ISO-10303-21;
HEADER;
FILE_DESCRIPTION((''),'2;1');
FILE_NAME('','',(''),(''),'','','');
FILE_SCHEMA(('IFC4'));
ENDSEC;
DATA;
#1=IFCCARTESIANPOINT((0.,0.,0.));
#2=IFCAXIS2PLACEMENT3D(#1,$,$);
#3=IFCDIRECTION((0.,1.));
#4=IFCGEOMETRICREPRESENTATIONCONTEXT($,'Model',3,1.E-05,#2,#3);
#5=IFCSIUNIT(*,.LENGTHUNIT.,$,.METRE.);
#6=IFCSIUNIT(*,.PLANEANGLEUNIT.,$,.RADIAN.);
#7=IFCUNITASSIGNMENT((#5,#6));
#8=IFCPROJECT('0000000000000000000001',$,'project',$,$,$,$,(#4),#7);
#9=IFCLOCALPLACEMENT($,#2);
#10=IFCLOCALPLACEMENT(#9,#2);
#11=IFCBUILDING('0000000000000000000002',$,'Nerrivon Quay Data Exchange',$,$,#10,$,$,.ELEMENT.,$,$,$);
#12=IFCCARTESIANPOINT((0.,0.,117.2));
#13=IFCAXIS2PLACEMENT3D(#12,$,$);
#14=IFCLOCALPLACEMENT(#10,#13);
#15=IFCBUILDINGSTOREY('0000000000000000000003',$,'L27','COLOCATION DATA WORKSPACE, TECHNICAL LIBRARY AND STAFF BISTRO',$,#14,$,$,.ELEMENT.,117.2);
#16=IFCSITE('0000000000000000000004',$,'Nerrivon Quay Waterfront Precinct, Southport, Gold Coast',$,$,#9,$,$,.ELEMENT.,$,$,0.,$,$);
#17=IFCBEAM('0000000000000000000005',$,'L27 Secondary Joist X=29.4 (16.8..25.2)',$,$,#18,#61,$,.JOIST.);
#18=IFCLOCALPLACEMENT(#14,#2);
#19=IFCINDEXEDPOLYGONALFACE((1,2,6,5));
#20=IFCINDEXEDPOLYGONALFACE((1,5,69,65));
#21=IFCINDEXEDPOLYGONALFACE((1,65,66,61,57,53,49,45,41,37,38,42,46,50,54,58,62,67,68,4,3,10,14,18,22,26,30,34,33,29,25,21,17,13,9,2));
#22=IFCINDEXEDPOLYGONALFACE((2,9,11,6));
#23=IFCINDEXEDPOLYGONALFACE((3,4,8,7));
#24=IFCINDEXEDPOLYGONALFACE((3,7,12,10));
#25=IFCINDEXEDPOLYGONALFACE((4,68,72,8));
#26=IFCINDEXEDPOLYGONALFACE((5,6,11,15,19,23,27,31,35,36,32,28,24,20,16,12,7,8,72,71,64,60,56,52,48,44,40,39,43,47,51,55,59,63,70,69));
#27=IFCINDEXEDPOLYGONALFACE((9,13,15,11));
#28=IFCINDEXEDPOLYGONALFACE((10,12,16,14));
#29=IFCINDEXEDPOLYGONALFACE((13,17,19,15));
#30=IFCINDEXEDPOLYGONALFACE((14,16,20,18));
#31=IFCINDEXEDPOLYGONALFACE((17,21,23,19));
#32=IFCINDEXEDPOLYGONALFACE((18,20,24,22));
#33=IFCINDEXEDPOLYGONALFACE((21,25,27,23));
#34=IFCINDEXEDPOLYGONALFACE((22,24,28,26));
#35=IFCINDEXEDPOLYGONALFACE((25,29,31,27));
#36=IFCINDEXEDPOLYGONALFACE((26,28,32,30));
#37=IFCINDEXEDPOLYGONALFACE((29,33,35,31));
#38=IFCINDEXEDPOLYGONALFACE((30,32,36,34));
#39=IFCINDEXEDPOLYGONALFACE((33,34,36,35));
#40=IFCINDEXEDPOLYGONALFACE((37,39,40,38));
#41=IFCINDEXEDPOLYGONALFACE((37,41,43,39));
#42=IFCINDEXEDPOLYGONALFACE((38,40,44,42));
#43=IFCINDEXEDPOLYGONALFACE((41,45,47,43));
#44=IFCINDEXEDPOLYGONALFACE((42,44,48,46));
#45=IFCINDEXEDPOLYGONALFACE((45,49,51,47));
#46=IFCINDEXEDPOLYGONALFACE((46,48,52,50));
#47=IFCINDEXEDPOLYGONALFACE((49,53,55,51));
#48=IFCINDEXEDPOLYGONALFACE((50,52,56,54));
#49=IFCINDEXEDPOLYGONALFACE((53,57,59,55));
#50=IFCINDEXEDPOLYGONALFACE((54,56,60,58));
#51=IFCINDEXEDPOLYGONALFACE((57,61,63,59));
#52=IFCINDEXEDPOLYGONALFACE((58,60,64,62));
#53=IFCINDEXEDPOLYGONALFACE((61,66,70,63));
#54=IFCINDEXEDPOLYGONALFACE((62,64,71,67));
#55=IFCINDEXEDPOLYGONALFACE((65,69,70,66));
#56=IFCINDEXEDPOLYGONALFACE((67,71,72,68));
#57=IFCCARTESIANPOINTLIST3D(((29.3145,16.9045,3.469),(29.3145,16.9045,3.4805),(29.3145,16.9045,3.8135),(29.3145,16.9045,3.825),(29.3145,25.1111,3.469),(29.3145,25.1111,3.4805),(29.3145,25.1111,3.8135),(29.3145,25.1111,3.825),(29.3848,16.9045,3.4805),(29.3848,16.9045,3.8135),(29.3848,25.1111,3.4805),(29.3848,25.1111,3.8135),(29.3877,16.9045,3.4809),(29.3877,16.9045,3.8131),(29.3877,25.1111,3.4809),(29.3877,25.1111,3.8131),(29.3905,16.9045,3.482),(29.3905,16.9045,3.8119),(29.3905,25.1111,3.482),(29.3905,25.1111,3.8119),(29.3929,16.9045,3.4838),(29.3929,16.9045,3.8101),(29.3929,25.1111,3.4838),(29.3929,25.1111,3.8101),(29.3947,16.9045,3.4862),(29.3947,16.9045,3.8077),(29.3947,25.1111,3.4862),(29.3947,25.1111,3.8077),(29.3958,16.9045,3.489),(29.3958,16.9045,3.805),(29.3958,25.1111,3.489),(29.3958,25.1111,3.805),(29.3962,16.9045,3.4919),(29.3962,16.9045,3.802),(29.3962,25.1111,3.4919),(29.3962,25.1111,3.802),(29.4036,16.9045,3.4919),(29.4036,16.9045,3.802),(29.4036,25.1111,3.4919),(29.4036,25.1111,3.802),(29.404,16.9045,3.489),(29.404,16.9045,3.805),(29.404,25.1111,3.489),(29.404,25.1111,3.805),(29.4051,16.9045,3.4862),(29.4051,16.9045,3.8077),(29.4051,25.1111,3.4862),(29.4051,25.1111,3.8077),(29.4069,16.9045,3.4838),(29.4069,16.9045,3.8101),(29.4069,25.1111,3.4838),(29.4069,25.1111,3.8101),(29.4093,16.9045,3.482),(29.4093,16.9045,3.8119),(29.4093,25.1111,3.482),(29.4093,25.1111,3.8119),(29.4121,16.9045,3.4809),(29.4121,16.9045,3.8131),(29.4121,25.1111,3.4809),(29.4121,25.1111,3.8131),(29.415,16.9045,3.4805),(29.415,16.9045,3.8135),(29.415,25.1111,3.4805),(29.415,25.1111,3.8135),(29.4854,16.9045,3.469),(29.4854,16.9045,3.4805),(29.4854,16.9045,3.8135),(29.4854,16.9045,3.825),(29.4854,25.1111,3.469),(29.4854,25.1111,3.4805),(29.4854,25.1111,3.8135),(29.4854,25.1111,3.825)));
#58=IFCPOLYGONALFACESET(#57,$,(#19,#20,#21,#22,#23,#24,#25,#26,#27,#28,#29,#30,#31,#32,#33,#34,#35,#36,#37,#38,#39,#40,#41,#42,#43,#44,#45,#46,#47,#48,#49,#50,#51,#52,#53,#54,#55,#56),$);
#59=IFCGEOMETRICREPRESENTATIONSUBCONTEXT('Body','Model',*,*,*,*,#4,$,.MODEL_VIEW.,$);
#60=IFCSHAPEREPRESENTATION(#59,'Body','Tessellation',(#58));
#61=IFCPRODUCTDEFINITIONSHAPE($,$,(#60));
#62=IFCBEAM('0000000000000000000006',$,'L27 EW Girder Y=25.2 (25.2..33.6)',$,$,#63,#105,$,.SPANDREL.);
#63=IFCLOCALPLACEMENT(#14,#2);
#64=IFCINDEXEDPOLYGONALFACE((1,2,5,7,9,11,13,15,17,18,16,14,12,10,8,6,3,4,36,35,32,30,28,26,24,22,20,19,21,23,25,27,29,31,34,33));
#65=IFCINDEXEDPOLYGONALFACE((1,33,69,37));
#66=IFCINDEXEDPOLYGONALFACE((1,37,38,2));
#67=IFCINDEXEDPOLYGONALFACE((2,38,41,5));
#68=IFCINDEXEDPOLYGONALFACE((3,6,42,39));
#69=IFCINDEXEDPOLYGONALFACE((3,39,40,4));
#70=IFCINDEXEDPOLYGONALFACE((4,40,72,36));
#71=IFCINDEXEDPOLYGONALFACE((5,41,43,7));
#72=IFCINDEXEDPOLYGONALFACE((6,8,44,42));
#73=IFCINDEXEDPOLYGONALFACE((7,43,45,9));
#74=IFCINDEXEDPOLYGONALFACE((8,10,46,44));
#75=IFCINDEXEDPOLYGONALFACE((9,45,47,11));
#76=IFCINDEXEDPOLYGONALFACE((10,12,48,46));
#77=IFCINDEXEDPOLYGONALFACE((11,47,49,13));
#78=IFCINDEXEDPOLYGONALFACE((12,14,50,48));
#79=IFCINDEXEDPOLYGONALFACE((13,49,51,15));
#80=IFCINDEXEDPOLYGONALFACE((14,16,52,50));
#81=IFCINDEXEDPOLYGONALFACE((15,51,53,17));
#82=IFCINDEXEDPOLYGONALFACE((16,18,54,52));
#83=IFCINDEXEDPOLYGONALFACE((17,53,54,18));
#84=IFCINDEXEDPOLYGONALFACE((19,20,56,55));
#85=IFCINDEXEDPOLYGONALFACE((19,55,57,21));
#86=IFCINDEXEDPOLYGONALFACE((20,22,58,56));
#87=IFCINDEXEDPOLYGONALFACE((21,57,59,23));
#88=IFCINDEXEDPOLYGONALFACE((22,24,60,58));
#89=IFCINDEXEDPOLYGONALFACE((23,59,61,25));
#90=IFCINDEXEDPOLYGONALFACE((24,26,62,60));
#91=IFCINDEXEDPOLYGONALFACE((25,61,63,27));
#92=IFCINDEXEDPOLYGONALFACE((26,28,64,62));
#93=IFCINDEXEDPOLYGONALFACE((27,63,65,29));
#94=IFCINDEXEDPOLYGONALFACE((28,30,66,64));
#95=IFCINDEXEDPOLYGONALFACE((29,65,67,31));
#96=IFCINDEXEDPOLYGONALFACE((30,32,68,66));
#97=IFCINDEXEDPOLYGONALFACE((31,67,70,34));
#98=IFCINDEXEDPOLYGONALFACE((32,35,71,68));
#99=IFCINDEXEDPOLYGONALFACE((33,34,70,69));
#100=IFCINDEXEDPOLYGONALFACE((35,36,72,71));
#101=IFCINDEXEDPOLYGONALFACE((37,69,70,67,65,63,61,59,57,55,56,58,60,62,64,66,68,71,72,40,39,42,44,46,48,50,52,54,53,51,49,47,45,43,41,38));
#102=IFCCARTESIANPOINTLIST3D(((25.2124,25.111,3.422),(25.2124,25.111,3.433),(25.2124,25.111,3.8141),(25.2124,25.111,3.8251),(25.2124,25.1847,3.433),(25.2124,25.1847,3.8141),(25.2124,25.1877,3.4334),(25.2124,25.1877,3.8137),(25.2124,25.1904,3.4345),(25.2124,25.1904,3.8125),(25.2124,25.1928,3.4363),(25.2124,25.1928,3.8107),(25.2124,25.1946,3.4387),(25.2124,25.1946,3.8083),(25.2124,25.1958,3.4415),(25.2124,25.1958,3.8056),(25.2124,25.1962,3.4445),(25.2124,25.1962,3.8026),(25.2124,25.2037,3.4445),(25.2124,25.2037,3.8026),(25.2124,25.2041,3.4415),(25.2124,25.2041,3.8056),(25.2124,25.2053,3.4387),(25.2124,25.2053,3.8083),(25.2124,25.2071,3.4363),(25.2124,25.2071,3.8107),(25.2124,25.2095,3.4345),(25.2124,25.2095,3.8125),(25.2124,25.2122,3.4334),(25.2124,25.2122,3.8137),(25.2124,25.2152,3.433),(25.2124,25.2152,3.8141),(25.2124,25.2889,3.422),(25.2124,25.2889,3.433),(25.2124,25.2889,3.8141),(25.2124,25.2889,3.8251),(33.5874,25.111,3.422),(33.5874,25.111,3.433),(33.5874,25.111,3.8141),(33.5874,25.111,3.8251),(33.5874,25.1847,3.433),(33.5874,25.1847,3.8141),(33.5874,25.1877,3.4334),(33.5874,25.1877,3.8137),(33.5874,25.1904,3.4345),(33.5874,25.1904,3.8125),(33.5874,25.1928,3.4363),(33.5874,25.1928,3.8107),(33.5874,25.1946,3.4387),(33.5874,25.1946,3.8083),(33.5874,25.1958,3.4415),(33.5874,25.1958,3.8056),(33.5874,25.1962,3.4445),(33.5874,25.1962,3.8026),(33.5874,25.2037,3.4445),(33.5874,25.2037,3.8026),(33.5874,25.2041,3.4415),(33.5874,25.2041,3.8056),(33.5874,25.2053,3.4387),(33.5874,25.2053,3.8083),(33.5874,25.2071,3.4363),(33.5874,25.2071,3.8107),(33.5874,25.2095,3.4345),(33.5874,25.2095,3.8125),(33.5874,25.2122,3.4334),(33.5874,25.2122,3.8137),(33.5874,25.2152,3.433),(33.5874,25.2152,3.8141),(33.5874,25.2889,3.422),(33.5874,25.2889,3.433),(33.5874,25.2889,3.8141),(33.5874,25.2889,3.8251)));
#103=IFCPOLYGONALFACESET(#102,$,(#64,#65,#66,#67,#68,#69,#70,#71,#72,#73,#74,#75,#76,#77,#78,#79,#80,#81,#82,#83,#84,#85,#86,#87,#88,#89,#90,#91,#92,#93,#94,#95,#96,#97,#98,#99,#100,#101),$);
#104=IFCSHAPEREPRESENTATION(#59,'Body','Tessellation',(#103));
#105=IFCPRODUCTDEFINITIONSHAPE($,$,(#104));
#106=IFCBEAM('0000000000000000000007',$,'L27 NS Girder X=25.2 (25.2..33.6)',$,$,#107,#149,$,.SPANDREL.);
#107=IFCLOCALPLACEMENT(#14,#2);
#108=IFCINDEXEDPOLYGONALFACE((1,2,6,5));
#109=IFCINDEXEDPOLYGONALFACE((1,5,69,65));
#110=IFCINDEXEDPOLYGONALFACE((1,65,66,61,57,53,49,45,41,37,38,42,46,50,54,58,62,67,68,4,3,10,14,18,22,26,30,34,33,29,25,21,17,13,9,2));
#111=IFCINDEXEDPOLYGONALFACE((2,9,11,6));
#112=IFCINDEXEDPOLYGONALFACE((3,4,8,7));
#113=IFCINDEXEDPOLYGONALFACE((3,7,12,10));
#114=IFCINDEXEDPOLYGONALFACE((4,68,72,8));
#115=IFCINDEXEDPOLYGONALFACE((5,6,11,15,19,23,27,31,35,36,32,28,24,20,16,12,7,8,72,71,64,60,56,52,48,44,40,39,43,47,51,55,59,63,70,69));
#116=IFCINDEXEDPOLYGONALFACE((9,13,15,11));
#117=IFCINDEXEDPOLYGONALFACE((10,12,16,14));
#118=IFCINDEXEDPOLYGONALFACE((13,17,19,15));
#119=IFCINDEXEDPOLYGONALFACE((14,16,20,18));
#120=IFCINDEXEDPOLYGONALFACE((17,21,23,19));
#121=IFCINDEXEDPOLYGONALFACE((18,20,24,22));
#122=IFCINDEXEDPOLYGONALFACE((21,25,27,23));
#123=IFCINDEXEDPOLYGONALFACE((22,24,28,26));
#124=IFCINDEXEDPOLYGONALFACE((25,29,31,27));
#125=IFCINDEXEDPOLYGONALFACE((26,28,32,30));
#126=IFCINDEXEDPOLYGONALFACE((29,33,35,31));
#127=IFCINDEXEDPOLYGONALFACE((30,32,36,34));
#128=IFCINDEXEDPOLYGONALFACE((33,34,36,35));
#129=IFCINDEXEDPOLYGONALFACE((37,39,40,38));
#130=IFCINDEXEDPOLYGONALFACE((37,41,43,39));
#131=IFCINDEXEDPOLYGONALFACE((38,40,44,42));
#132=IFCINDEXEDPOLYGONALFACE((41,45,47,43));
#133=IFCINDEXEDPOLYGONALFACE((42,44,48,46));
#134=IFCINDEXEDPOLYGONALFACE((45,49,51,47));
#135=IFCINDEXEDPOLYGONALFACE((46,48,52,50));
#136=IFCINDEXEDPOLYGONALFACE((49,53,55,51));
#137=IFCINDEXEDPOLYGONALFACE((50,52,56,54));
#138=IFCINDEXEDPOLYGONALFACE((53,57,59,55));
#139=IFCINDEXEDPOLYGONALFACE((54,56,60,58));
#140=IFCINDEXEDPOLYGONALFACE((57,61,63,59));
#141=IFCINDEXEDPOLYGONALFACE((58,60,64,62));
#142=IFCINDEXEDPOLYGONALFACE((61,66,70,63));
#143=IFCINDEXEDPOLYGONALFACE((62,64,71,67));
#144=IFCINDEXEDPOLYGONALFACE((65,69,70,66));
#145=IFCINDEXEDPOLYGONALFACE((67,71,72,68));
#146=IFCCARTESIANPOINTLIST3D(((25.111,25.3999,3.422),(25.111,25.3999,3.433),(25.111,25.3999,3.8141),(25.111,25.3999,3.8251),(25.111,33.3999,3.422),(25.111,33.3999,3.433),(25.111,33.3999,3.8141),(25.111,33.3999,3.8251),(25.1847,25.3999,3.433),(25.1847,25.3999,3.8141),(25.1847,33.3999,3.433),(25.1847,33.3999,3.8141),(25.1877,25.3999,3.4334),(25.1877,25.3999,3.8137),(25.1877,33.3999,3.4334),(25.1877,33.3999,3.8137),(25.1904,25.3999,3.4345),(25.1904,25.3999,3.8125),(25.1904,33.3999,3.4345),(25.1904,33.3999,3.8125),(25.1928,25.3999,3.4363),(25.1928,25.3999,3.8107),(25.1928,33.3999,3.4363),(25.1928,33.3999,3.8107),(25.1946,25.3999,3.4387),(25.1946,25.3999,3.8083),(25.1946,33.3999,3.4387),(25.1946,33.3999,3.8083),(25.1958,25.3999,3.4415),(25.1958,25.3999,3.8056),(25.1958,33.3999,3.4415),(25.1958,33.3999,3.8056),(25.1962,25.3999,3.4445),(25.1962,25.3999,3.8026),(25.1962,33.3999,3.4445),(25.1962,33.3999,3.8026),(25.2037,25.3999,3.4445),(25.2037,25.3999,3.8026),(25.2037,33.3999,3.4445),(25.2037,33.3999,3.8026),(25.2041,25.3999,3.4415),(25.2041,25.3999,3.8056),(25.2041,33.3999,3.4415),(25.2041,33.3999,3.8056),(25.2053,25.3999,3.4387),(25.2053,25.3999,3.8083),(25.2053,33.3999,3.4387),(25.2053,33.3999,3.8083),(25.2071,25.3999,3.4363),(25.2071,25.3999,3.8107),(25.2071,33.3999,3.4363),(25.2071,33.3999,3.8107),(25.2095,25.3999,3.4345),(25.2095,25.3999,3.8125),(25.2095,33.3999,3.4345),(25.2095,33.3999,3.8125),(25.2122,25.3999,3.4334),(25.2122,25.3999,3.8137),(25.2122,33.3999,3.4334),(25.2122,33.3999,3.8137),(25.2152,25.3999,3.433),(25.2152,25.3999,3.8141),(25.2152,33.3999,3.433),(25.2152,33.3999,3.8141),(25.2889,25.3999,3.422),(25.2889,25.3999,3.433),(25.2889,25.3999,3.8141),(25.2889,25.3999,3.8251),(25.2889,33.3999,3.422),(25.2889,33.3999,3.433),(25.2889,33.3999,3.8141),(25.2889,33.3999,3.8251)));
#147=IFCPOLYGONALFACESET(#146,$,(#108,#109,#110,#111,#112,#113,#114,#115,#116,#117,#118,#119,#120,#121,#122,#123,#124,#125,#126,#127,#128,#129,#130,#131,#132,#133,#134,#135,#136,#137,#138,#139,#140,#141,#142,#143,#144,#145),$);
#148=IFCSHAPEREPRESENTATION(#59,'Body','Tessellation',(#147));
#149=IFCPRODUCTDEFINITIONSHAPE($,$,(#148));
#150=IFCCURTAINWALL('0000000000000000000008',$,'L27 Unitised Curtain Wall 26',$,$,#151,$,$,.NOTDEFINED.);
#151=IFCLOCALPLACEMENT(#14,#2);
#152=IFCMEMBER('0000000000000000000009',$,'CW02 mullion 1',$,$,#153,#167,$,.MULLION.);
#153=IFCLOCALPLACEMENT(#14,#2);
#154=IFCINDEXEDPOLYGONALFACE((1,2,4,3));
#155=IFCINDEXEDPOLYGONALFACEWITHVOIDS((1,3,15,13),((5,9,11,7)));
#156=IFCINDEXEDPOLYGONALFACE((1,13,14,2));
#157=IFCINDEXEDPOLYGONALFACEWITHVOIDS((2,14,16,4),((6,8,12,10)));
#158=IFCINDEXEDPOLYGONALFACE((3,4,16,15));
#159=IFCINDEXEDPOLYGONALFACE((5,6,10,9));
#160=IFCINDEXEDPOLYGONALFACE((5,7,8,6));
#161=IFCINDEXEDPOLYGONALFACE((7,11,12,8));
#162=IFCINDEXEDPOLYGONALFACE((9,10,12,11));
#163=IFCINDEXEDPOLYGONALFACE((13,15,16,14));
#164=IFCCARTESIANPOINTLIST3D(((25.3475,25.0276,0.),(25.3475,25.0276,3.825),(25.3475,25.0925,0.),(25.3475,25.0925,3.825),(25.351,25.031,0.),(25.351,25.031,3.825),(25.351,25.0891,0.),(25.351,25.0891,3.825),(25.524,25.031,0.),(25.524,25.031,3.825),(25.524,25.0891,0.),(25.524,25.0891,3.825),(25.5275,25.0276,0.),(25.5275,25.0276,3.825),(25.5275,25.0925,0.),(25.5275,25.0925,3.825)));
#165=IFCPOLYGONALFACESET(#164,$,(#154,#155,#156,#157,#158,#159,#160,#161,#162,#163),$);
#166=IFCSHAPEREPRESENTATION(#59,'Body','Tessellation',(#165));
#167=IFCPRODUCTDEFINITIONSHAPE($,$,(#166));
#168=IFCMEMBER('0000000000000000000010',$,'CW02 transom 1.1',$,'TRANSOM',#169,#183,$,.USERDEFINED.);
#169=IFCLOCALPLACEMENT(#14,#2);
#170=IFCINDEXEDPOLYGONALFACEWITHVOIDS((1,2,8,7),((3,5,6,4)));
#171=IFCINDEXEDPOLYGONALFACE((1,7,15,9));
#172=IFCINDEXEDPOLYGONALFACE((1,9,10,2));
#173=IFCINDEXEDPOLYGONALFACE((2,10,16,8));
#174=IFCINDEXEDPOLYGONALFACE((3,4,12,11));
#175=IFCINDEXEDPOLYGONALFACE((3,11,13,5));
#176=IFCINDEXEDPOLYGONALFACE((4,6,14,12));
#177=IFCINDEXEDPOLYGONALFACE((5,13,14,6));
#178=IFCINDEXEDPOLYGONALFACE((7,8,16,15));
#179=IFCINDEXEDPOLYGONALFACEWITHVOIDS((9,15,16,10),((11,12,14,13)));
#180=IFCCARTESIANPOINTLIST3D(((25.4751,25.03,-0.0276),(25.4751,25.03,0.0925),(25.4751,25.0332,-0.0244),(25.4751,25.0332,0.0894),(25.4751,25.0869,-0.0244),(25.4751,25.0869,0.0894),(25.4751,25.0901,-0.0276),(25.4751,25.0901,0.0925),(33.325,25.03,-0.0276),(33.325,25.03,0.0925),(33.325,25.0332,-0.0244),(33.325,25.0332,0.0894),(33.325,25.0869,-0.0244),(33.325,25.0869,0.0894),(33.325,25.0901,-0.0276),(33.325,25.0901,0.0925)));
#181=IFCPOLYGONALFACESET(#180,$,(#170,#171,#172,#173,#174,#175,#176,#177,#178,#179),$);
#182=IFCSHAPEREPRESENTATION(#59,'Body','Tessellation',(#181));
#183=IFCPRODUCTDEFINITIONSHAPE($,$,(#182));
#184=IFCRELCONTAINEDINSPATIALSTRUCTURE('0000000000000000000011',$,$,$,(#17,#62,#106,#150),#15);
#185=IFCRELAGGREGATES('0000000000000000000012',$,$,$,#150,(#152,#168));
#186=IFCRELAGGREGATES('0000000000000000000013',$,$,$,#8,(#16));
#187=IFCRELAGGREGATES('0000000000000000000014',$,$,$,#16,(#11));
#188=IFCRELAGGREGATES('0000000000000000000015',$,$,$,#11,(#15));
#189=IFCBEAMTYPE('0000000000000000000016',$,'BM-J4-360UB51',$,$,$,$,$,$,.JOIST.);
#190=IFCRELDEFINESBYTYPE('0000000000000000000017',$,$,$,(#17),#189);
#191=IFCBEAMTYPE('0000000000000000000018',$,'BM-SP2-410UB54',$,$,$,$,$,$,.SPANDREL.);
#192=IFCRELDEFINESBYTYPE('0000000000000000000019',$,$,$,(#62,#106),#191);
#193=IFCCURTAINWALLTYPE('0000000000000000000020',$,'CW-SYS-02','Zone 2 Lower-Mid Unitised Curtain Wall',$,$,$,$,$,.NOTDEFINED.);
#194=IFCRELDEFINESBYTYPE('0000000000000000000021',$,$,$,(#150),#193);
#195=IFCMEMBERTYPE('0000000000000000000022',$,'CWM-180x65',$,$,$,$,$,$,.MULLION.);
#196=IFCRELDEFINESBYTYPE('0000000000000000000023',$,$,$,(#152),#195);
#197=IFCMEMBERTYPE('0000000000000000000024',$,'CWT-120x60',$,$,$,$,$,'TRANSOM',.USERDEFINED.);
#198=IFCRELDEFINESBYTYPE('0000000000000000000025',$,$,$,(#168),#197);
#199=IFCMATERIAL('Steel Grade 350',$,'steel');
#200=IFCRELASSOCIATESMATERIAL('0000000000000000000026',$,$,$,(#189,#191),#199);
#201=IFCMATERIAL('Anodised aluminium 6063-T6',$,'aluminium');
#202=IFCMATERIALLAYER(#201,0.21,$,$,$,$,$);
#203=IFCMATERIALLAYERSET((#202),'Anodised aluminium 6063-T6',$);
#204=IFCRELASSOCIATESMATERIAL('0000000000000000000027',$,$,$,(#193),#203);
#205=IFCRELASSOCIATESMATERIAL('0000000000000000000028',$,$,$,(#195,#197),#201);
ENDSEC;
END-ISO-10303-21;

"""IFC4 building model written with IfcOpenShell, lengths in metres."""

from ifc_helpers import new_model, si_unit, direction, frame, origin, origin_2d, place, context, subcontext, project, spatial, hollow_rectangle, i_section, extrude, material, layer, layer_set, material_profile, profile_set, type_object, element, aggregate, save


model = new_model("IFC4")

# Units and contexts
model_context = context("Model", 3, precision=1e-05, world=origin(), true_north=direction((0.0, 1.0)))
body_context = subcontext(model_context, "Body", "Model", "MODEL_VIEW")
ifc_project = project(units=[si_unit("LENGTHUNIT", "METRE"), si_unit("PLANEANGLEUNIT", "RADIAN")], contexts=[model_context])

# Site, building, storey
site_placement = place(None, origin())
site = spatial("IfcSite", under=ifc_project, at=site_placement, Name="Nerrivon Quay Waterfront Precinct, Southport, Gold Coast", CompositionType="ELEMENT", RefElevation=0.0)
building_placement = place(site_placement, origin())
building = spatial("IfcBuilding", under=site, at=building_placement, Name="Nerrivon Quay Data Exchange", CompositionType="ELEMENT")
storey_placement = place(building_placement, frame((0.0, 0.0, 117.2)))
storey = spatial("IfcBuildingStorey", under=building, at=storey_placement, Name="L27", Description="COLOCATION DATA WORKSPACE, TECHNICAL LIBRARY AND STAFF BISTRO", CompositionType="ELEMENT", Elevation=117.2)

# Shared definitions
ifc_material_1 = material(Name="Steel Grade 350", Category="steel")

# Beams
ifc_material_profile_1 = material_profile(ifc_material_1, i_section(OverallWidth=0.1709, OverallDepth=0.356, WebThickness=0.0073, FlangeThickness=0.0115, FilletRadius=0.0115, at=origin_2d()), Name="360UB50.7")
ifc_profile_set_1 = profile_set([ifc_material_profile_1], Name="Steel Grade 350")
beam_type_1 = type_object("IfcBeamType", Name="BM-J4-360UB51", PredefinedType="JOIST", material=ifc_profile_set_1)
beam_1_placement = place(storey_placement, frame((29.3999, 16.9045, 3.647), z_axis=(0.0, 1.0, 0.0), x_axis=(-1.0, 0.0, 0.0)))
element("IfcBeam", 1, at=beam_1_placement, inside=storey, type_object=beam_type_1, Name="L27 Secondary Joist X=29.4 (16.8..25.2)", PredefinedType="JOIST", context=body_context, shape_type="SweptSolid", body=[
    extrude(i_section(OverallWidth=0.1709, OverallDepth=0.356, WebThickness=0.0073, FlangeThickness=0.0115, FilletRadius=0.0115, at=origin_2d()), origin(), (0.0, 0.0, 1.0), 8.2065),
])
ifc_material_profile_2 = material_profile(ifc_material_1, i_section(OverallWidth=0.178, OverallDepth=0.4031, WebThickness=0.0076, FlangeThickness=0.011, FilletRadius=0.0115, at=origin_2d()), Name="410UB53.7")
ifc_profile_set_2 = profile_set([ifc_material_profile_2], Name="Steel Grade 350")
beam_type_2 = type_object("IfcBeamType", Name="BM-SP2-410UB54", PredefinedType="SPANDREL", material=ifc_profile_set_2)
beam_2_placement = place(storey_placement, frame((25.2124, 25.2, 3.6235), z_axis=(1.0, 0.0, 0.0), x_axis=(0.0, 1.0, 0.0)))
element("IfcBeam", 2, at=beam_2_placement, inside=storey, type_object=beam_type_2, Name="L27 EW Girder Y=25.2 (25.2..33.6)", PredefinedType="SPANDREL", context=body_context, shape_type="SweptSolid", body=[
    extrude(i_section(OverallWidth=0.178, OverallDepth=0.4031, WebThickness=0.0076, FlangeThickness=0.011, FilletRadius=0.0115, at=origin_2d()), origin(), (0.0, 0.0, 1.0), 8.375),
])
beam_3_placement = place(storey_placement, frame((25.2, 25.3999, 3.6235), z_axis=(0.0, 1.0, 0.0), x_axis=(-1.0, 0.0, 0.0)))
element("IfcBeam", 3, at=beam_3_placement, inside=storey, type_object=beam_type_2, Name="L27 NS Girder X=25.2 (25.2..33.6)", PredefinedType="SPANDREL", context=body_context, shape_type="SweptSolid", body=[
    extrude(i_section(OverallWidth=0.178, OverallDepth=0.4031, WebThickness=0.0076, FlangeThickness=0.011, FilletRadius=0.0115, at=origin_2d()), origin(), (0.0, 0.0, 1.0), 8.0),
])

# Curtain wall, members
ifc_material_2 = material(Name="Anodised aluminium 6063-T6", Category="aluminium")
ifc_layer_1 = layer(ifc_material_2, 0.21)
ifc_layer_set_1 = layer_set([ifc_layer_1], Name="Anodised aluminium 6063-T6")
curtain_wall_type = type_object("IfcCurtainWallType", Name="CW-SYS-02", Description="Zone 2 Lower-Mid Unitised Curtain Wall", PredefinedType="NOTDEFINED", material=ifc_layer_set_1)
curtain_wall_placement = place(storey_placement, origin())
curtain_wall = element("IfcCurtainWall", 4, at=curtain_wall_placement, inside=storey, type_object=curtain_wall_type, Name="L27 Unitised Curtain Wall 26", PredefinedType="NOTDEFINED")
ifc_material_profile_3 = material_profile(ifc_material_2, hollow_rectangle(XDim=0.0649, YDim=0.1799, WallThickness=0.0034, at=origin_2d()), Name="ALU-MULL-180x65")
ifc_profile_set_3 = profile_set([ifc_material_profile_3], Name="Anodised aluminium 6063-T6")
member_type_1 = type_object("IfcMemberType", Name="CWM-180x65", PredefinedType="MULLION", material=ifc_profile_set_3)
member_1_placement = place(storey_placement, frame((25.4375, 25.0601, 0.0), z_axis=(0.0, 0.0, 1.0), x_axis=(0.0, 1.0, 0.0)))
member_1 = element("IfcMember", 5, at=member_1_placement, type_object=member_type_1, Name="CW02 mullion 1", PredefinedType="MULLION", context=body_context, shape_type="SweptSolid", body=[
    extrude(hollow_rectangle(XDim=0.0649, YDim=0.1799, WallThickness=0.0034, at=origin_2d()), origin(), (0.0, 0.0, 1.0), 3.825),
])
ifc_material_profile_4 = material_profile(ifc_material_2, hollow_rectangle(XDim=0.0601, YDim=0.1201, WallThickness=0.0032, at=origin_2d()), Name="ALU-TRAN-120x60")
ifc_profile_set_4 = profile_set([ifc_material_profile_4], Name="Anodised aluminium 6063-T6")
member_type_2 = type_object("IfcMemberType", Name="CWT-120x60", ElementType="TRANSOM", PredefinedType="USERDEFINED", material=ifc_profile_set_4)
member_2_placement = place(storey_placement, frame((25.4751, 25.0601, 0.0325), z_axis=(1.0, 0.0, 0.0), x_axis=(0.0, 1.0, 0.0)))
member_2 = element("IfcMember", 6, at=member_2_placement, type_object=member_type_2, Name="CW02 transom 1.1", ObjectType="TRANSOM", PredefinedType="USERDEFINED", context=body_context, shape_type="SweptSolid", body=[
    extrude(hollow_rectangle(XDim=0.0601, YDim=0.1201, WallThickness=0.0032, at=origin_2d()), origin(), (0.0, 0.0, 1.0), 7.8499),
])
aggregate(curtain_wall, [member_1, member_2])

save(model, "model.ifc")
